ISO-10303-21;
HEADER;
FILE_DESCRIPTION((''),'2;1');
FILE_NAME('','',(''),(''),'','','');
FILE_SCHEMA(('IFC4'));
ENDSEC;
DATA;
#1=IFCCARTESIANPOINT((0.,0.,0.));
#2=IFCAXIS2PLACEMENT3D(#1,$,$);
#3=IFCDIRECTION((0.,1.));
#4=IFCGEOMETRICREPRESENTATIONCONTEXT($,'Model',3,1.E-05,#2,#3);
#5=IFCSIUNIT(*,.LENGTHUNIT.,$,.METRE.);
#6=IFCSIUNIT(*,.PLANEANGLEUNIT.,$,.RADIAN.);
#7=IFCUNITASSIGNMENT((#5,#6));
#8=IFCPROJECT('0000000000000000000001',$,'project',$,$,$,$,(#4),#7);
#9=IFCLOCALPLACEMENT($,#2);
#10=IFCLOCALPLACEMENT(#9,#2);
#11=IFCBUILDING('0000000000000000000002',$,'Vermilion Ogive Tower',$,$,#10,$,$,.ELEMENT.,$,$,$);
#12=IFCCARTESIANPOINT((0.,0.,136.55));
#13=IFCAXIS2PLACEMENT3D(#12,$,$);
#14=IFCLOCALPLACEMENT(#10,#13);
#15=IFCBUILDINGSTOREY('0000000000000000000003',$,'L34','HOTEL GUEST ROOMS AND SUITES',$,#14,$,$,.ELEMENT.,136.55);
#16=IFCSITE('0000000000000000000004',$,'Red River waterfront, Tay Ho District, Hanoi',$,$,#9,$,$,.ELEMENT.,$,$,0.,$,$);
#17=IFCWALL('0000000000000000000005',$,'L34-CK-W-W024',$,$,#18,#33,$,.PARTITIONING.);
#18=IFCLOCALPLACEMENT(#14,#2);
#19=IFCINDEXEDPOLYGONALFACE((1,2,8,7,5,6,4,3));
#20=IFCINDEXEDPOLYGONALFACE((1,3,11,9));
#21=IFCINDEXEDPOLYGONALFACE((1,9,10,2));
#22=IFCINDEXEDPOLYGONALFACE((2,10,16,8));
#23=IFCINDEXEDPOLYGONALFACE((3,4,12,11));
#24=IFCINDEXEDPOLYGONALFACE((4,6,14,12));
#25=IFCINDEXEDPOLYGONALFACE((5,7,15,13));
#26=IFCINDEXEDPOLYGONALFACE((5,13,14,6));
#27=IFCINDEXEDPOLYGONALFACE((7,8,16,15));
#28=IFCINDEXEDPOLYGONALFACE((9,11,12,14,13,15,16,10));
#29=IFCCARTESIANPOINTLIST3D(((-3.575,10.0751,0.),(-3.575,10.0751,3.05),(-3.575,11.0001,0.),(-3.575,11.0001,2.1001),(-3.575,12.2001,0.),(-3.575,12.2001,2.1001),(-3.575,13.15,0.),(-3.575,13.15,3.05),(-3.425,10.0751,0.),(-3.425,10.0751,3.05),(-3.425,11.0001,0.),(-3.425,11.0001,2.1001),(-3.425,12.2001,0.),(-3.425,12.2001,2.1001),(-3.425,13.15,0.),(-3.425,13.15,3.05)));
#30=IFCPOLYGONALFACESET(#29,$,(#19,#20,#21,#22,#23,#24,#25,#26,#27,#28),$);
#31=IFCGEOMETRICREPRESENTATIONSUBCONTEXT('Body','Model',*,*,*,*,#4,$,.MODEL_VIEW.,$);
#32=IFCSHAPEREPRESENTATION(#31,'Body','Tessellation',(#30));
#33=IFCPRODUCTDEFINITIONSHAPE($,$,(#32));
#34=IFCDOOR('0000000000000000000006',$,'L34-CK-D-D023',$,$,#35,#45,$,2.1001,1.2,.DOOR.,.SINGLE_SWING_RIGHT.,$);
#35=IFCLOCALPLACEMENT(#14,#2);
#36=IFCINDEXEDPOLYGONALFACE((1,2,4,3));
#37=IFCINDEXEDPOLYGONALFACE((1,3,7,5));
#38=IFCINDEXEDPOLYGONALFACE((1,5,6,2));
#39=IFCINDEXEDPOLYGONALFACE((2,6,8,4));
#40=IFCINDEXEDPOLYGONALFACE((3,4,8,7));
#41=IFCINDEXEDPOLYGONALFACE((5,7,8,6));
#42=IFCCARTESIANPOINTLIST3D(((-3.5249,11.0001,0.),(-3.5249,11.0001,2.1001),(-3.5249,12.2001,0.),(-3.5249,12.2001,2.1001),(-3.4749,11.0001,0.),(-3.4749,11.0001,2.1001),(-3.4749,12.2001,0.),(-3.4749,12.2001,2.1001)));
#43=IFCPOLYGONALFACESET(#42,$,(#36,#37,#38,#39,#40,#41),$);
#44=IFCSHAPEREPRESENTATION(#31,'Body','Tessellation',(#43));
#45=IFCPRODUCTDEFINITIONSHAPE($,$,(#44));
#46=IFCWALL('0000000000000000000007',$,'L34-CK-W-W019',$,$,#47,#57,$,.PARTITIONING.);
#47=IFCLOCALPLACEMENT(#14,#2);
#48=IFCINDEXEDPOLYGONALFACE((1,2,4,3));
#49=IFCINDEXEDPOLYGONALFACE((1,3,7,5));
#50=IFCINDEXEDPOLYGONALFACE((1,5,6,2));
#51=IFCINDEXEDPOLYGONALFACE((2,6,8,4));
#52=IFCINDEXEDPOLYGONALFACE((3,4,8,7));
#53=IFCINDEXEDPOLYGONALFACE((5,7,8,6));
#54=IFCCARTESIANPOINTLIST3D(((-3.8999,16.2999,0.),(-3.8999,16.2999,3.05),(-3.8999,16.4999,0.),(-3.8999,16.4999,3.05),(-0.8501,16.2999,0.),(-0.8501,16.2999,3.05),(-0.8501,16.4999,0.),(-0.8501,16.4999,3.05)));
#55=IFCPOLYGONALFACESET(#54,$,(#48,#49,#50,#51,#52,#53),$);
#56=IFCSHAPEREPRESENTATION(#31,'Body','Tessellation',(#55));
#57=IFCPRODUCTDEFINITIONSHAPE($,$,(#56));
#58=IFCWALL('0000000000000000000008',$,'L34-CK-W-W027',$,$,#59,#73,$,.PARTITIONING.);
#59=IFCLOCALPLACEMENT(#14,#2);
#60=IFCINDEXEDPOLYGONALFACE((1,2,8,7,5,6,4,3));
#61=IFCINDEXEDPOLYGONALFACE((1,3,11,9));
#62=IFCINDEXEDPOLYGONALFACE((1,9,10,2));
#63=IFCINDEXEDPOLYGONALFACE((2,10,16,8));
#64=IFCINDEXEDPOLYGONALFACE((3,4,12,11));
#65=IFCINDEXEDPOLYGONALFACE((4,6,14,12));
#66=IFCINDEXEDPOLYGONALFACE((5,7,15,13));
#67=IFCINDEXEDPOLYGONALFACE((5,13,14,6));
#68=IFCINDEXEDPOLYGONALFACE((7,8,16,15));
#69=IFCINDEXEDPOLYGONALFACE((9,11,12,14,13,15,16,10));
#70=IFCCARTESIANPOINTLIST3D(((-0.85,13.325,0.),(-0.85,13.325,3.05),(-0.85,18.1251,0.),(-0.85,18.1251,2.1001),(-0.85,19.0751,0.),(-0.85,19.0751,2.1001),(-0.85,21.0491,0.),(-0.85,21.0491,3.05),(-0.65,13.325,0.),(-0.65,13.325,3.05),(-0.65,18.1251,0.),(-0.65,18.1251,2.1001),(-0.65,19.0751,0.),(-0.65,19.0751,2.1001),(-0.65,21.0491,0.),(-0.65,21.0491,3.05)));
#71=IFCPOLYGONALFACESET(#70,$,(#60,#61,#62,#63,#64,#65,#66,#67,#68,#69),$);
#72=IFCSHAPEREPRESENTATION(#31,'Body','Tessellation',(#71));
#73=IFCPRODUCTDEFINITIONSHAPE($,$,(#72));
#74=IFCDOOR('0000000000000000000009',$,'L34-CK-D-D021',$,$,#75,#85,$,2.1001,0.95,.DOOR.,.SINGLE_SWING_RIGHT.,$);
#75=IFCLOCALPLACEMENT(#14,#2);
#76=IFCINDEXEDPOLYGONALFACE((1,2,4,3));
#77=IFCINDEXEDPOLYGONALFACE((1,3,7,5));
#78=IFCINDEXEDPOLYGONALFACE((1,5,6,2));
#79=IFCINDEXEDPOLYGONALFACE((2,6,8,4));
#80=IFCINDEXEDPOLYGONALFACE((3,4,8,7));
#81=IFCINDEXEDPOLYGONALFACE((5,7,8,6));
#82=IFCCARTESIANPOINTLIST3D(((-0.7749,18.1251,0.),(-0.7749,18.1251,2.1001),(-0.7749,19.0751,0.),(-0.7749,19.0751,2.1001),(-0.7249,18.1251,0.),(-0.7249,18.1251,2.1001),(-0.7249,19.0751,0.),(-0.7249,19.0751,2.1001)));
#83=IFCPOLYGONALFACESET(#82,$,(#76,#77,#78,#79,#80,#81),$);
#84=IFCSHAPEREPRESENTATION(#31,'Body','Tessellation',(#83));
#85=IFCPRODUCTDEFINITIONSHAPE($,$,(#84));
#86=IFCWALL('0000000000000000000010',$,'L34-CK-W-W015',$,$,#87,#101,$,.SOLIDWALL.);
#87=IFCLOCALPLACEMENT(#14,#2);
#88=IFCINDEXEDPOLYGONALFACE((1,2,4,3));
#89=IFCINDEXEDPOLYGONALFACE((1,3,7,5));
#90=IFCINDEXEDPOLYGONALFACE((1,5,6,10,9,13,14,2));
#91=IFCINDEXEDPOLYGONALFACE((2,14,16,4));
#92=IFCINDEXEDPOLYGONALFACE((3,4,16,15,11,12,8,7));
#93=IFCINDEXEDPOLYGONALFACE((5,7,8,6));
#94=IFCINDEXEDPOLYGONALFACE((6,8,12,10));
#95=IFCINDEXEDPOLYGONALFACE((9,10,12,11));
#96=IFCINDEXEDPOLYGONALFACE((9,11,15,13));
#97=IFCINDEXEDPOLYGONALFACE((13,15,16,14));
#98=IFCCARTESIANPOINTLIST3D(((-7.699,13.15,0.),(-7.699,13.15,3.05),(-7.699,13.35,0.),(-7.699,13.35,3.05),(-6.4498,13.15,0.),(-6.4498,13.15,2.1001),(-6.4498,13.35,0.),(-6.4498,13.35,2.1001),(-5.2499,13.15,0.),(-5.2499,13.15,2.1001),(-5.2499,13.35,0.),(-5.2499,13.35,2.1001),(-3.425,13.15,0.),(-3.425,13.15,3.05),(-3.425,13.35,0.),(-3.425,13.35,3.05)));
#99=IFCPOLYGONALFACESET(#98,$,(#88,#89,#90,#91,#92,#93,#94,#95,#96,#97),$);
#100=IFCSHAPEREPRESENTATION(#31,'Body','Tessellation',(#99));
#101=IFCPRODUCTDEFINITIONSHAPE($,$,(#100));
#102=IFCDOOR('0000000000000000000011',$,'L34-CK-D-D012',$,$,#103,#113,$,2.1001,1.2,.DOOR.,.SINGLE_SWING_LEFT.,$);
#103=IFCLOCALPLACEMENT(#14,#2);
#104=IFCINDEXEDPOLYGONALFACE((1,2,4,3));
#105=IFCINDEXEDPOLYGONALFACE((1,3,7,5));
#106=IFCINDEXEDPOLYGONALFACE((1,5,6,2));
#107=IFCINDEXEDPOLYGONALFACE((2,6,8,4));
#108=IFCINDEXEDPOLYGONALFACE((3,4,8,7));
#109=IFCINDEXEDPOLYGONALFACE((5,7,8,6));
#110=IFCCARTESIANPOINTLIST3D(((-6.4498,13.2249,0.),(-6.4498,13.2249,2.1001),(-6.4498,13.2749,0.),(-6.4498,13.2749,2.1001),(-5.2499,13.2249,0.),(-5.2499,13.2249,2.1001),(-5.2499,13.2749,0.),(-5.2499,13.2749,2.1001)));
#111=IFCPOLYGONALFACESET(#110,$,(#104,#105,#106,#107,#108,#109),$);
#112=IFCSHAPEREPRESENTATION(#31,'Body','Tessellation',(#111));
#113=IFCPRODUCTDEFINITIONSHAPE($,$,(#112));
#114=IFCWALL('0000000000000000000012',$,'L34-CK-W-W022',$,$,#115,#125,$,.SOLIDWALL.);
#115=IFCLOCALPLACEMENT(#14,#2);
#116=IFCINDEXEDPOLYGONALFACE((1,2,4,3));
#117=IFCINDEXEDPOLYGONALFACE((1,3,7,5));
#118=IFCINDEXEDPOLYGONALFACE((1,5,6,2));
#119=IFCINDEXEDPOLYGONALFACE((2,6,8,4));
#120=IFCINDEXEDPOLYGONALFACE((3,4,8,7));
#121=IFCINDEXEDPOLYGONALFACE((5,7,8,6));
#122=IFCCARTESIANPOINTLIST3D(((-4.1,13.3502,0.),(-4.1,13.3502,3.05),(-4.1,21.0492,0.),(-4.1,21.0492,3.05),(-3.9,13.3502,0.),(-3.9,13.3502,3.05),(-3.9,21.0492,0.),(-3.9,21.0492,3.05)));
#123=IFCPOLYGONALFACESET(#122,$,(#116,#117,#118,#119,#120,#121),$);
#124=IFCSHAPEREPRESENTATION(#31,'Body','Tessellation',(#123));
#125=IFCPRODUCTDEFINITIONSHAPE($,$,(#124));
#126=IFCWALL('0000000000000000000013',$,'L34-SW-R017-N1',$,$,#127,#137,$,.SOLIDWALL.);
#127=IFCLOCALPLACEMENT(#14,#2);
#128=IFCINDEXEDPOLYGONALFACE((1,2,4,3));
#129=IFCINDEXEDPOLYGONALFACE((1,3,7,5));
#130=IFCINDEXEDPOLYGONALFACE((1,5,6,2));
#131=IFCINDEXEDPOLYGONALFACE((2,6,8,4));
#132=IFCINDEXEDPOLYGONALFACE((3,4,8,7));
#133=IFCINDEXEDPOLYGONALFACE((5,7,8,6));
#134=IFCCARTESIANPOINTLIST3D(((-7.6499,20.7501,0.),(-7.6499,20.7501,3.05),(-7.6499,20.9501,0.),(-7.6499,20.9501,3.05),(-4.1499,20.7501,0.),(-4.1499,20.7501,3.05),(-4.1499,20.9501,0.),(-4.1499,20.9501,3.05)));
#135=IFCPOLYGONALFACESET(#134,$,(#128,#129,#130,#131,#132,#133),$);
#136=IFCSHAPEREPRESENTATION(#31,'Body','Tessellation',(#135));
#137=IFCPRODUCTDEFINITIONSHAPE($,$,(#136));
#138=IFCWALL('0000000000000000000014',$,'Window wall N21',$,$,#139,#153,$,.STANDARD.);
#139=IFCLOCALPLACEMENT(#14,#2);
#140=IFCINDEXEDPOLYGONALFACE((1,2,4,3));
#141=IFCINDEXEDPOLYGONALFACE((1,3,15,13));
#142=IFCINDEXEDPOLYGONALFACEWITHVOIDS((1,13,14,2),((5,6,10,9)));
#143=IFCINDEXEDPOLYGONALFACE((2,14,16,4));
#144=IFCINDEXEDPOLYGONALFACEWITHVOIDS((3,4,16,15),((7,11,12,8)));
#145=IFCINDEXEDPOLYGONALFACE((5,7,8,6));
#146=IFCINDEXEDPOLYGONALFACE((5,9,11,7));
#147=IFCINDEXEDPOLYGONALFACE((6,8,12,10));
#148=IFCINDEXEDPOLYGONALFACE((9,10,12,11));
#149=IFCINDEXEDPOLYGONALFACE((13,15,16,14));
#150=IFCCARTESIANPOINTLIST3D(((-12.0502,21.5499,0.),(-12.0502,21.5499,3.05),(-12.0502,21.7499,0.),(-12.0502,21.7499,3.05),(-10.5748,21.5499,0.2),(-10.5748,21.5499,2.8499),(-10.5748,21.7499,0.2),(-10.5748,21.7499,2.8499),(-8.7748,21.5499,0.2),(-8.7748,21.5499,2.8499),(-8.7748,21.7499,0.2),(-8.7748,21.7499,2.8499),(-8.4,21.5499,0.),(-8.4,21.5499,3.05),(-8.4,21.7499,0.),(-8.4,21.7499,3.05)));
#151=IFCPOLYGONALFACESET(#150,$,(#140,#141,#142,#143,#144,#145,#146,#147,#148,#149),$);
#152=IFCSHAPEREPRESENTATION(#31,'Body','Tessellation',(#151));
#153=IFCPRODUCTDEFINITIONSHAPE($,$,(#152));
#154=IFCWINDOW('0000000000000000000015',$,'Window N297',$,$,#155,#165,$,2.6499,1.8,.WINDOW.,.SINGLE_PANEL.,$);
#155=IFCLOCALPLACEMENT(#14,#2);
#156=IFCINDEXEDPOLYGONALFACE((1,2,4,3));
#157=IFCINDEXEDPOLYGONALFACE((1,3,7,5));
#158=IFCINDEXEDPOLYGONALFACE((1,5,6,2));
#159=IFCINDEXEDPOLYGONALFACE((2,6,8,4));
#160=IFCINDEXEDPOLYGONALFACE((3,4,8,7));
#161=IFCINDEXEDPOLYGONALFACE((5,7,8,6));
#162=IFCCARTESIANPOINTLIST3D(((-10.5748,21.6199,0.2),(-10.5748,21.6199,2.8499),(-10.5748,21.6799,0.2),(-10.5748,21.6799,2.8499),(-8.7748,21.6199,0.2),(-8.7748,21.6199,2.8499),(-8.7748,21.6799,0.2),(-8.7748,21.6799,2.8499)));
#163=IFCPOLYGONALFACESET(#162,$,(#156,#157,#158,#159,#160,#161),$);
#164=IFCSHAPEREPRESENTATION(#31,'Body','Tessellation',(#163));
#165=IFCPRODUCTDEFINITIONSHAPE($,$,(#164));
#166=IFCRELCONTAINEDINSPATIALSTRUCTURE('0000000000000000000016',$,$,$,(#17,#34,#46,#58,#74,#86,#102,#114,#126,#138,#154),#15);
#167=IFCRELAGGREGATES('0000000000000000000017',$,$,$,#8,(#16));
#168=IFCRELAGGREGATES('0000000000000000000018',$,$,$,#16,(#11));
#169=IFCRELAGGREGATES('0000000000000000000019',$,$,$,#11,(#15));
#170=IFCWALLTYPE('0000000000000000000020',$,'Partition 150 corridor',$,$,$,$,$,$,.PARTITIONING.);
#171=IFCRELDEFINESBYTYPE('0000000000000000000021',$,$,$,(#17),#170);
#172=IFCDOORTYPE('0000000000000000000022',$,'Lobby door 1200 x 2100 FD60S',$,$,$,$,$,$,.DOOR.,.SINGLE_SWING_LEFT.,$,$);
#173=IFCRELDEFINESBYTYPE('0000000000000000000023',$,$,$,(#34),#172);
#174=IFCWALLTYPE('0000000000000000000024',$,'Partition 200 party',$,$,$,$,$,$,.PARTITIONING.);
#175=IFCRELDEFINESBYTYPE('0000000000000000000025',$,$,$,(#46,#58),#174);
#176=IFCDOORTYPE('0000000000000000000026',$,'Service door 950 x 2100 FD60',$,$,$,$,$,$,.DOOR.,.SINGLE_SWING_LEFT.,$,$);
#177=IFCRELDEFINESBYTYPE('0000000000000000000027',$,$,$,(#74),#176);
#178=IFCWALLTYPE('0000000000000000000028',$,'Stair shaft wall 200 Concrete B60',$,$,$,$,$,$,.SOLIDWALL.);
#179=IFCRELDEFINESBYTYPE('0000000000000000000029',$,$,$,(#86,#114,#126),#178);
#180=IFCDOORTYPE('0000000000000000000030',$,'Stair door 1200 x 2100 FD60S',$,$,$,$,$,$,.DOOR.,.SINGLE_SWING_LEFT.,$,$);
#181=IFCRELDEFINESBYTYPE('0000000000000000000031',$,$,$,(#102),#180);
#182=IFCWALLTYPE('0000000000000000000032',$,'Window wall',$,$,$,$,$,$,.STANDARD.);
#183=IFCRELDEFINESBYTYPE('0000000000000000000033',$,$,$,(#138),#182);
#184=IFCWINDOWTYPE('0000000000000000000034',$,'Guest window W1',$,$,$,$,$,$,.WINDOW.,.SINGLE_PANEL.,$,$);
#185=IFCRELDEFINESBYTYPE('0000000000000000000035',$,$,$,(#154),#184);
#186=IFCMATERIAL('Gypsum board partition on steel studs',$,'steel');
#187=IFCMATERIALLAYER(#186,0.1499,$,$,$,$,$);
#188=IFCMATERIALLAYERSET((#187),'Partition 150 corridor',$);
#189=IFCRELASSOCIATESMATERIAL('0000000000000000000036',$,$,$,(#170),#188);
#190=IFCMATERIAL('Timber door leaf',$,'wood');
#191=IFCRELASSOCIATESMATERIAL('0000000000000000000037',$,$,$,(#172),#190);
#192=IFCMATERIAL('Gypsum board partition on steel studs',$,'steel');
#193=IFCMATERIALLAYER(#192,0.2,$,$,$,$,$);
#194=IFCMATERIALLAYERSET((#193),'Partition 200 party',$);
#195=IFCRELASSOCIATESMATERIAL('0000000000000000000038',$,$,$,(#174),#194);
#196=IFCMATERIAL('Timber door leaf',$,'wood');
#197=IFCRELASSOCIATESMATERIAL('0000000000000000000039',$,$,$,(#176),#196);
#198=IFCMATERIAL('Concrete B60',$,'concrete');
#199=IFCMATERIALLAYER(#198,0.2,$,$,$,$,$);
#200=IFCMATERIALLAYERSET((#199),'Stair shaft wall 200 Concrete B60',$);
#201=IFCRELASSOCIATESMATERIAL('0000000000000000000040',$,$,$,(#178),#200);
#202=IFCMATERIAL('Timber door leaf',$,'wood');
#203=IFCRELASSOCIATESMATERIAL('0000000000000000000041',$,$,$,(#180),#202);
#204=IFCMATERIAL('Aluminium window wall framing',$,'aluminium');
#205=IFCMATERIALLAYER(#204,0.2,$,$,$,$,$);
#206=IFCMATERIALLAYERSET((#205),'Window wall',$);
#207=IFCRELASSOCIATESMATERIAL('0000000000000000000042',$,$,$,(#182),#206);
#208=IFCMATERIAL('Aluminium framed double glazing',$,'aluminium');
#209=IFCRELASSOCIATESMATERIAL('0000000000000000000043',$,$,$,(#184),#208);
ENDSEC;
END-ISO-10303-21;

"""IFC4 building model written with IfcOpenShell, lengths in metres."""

from ifc_helpers import new_model, si_unit, direction, frame, frame_2d, origin, place, context, subcontext, project, spatial, rectangle, extrude, material, layer, layer_set, type_object, element, fill, save


model = new_model("IFC4")

# Units and contexts
model_context = context("Model", 3, precision=1e-05, world=origin(), true_north=direction((0.0, 1.0)))
body_context = subcontext(model_context, "Body", "Model", "MODEL_VIEW")
ifc_project = project(units=[si_unit("LENGTHUNIT", "METRE"), si_unit("PLANEANGLEUNIT", "RADIAN")], contexts=[model_context])

# Site, building, storey
site_placement = place(None, origin())
site = spatial("IfcSite", under=ifc_project, at=site_placement, Name="Red River waterfront, Tay Ho District, Hanoi", CompositionType="ELEMENT", RefElevation=0.0)
building_placement = place(site_placement, origin())
building = spatial("IfcBuilding", under=site, at=building_placement, Name="Vermilion Ogive Tower", CompositionType="ELEMENT")
storey_placement = place(building_placement, frame((0.0, 0.0, 136.55)))
storey = spatial("IfcBuildingStorey", under=building, at=storey_placement, Name="L34", Description="HOTEL GUEST ROOMS AND SUITES", CompositionType="ELEMENT", Elevation=136.55)

# Shared definitions
ifc_material_1 = material(Name="Gypsum board partition on steel studs", Category="steel")
ifc_layer_1 = layer(ifc_material_1, 0.1499)
ifc_layer_set_1 = layer_set([ifc_layer_1], Name="Partition 150 corridor")
wall_type_1 = type_object("IfcWallType", Name="Partition 150 corridor", PredefinedType="PARTITIONING", material=ifc_layer_set_1)

# Wall, opening, door
wall_1_placement = place(storey_placement, frame((-3.5, 10.075, 0.0), z_axis=(0.0, 0.0, 1.0), x_axis=(0.0, 1.0, 0.0)))
wall_1 = element("IfcWall", 1, at=wall_1_placement, inside=storey, type_object=wall_type_1, Name="L34-CK-W-W024", PredefinedType="PARTITIONING", context=body_context, shape_type="SweptSolid", body=[
    extrude(rectangle(XDim=3.075, YDim=0.1499, at=frame_2d((1.5376, 0.0))), origin(), (0.0, 0.0, 1.0), 3.05),
])
opening_1_placement = place(wall_1_placement, frame((0.925, 0.0, 0.0)))
opening_1 = element("IfcOpeningElement", 2, at=opening_1_placement, cuts=wall_1, PredefinedType="OPENING", context=body_context, shape_type="SweptSolid", body=[
    extrude(rectangle(XDim=1.2, YDim=2.1001, at=frame_2d((0.6001, 1.05))), frame((0.0, 0.085, 0.0), z_axis=(0.0, -1.0, 0.0), x_axis=(1.0, 0.0, 0.0)), (0.0, 0.0, 1.0), 0.1699),
])
ifc_material_2 = material(Name="Timber door leaf", Category="wood")
door_type_1 = type_object("IfcDoorType", Name="Lobby door 1200 x 2100 FD60S", OperationType="SINGLE_SWING_LEFT", PredefinedType="DOOR", material=ifc_material_2)
door_1_placement = place(opening_1_placement, origin())
door_1 = element("IfcDoor", 3, at=door_1_placement, inside=storey, type_object=door_type_1, Name="L34-CK-D-D023", OperationType="SINGLE_SWING_RIGHT", OverallHeight=2.1001, OverallWidth=1.2, PredefinedType="DOOR", context=body_context, shape_type="SweptSolid", body=[
    extrude(rectangle(XDim=1.2, YDim=2.1001, at=frame_2d((0.6001, 1.05))), frame((0.0, 0.0249, 0.0), z_axis=(0.0, -1.0, 0.0), x_axis=(1.0, 0.0, 0.0)), (0.0, 0.0, 1.0), 0.05),
])
fill(opening_1, door_1)

# Wall
ifc_material_3 = material(Name="Gypsum board partition on steel studs", Category="steel")
ifc_layer_2 = layer(ifc_material_3, 0.2)
ifc_layer_set_2 = layer_set([ifc_layer_2], Name="Partition 200 party")
wall_type_2 = type_object("IfcWallType", Name="Partition 200 party", PredefinedType="PARTITIONING", material=ifc_layer_set_2)
wall_2_placement = place(storey_placement, frame((-3.8999, 16.3999, 0.0), z_axis=(0.0, 0.0, 1.0), x_axis=(1.0, 0.0, 0.0)))
element("IfcWall", 4, at=wall_2_placement, inside=storey, type_object=wall_type_2, Name="L34-CK-W-W019", PredefinedType="PARTITIONING", context=body_context, shape_type="SweptSolid", body=[
    extrude(rectangle(XDim=3.0498, YDim=0.2, at=frame_2d((1.5249, 0.0))), origin(), (0.0, 0.0, 1.0), 3.05),
])

# Walls, openings, doors
wall_3_placement = place(storey_placement, frame((-0.75, 13.325, 0.0), z_axis=(0.0, 0.0, 1.0), x_axis=(0.0, 1.0, 0.0)))
wall_3 = element("IfcWall", 5, at=wall_3_placement, inside=storey, type_object=wall_type_2, Name="L34-CK-W-W027", PredefinedType="PARTITIONING", context=body_context, shape_type="SweptSolid", body=[
    extrude(rectangle(XDim=7.7241, YDim=0.2, at=frame_2d((3.8621, 0.0))), origin(), (0.0, 0.0, 1.0), 3.05),
])
opening_2_placement = place(wall_3_placement, frame((4.8, 0.0, 0.0)))
opening_2 = element("IfcOpeningElement", 6, at=opening_2_placement, cuts=wall_3, PredefinedType="OPENING", context=body_context, shape_type="SweptSolid", body=[
    extrude(rectangle(XDim=0.95, YDim=2.1001, at=frame_2d((0.4751, 1.05))), frame((0.0, 0.1099, 0.0), z_axis=(0.0, -1.0, 0.0), x_axis=(1.0, 0.0, 0.0)), (0.0, 0.0, 1.0), 0.22),
])
ifc_material_4 = material(Name="Timber door leaf", Category="wood")
door_type_2 = type_object("IfcDoorType", Name="Service door 950 x 2100 FD60", OperationType="SINGLE_SWING_LEFT", PredefinedType="DOOR", material=ifc_material_4)
door_2_placement = place(opening_2_placement, origin())
door_2 = element("IfcDoor", 7, at=door_2_placement, inside=storey, type_object=door_type_2, Name="L34-CK-D-D021", OperationType="SINGLE_SWING_RIGHT", OverallHeight=2.1001, OverallWidth=0.95, PredefinedType="DOOR", context=body_context, shape_type="SweptSolid", body=[
    extrude(rectangle(XDim=0.95, YDim=2.1001, at=frame_2d((0.4751, 1.05))), frame((0.0, 0.0249, 0.0), z_axis=(0.0, -1.0, 0.0), x_axis=(1.0, 0.0, 0.0)), (0.0, 0.0, 1.0), 0.05),
])
fill(opening_2, door_2)
ifc_material_5 = material(Name="Concrete B60", Category="concrete")
ifc_layer_3 = layer(ifc_material_5, 0.2)
ifc_layer_set_3 = layer_set([ifc_layer_3], Name="Stair shaft wall 200 Concrete B60")
wall_type_3 = type_object("IfcWallType", Name="Stair shaft wall 200 Concrete B60", PredefinedType="SOLIDWALL", material=ifc_layer_set_3)
wall_4_placement = place(storey_placement, frame((-7.699, 13.25, 0.0), z_axis=(0.0, 0.0, 1.0), x_axis=(1.0, 0.0, 0.0)))
wall_4 = element("IfcWall", 8, at=wall_4_placement, inside=storey, type_object=wall_type_3, Name="L34-CK-W-W015", PredefinedType="SOLIDWALL", context=body_context, shape_type="SweptSolid", body=[
    extrude(rectangle(XDim=4.2739, YDim=0.2, at=frame_2d((2.137, 0.0))), origin(), (0.0, 0.0, 1.0), 3.05),
])
opening_3_placement = place(wall_4_placement, frame((1.249, 0.0, 0.0)))
opening_3 = element("IfcOpeningElement", 9, at=opening_3_placement, cuts=wall_4, PredefinedType="OPENING", context=body_context, shape_type="SweptSolid", body=[
    extrude(rectangle(XDim=1.2, YDim=2.1001, at=frame_2d((0.6001, 1.05))), frame((0.0, 0.1099, 0.0), z_axis=(0.0, -1.0, 0.0), x_axis=(1.0, 0.0, 0.0)), (0.0, 0.0, 1.0), 0.22),
])
ifc_material_6 = material(Name="Timber door leaf", Category="wood")
door_type_3 = type_object("IfcDoorType", Name="Stair door 1200 x 2100 FD60S", OperationType="SINGLE_SWING_LEFT", PredefinedType="DOOR", material=ifc_material_6)
door_3_placement = place(opening_3_placement, origin())
door_3 = element("IfcDoor", 10, at=door_3_placement, inside=storey, type_object=door_type_3, Name="L34-CK-D-D012", OperationType="SINGLE_SWING_LEFT", OverallHeight=2.1001, OverallWidth=1.2, PredefinedType="DOOR", context=body_context, shape_type="SweptSolid", body=[
    extrude(rectangle(XDim=1.2, YDim=2.1001, at=frame_2d((0.6001, 1.05))), frame((0.0, 0.0249, 0.0), z_axis=(0.0, -1.0, 0.0), x_axis=(1.0, 0.0, 0.0)), (0.0, 0.0, 1.0), 0.05),
])
fill(opening_3, door_3)

# Walls
wall_5_placement = place(storey_placement, frame((-4.0, 13.3501, 0.0), z_axis=(0.0, 0.0, 1.0), x_axis=(0.0, 1.0, 0.0)))
element("IfcWall", 11, at=wall_5_placement, inside=storey, type_object=wall_type_3, Name="L34-CK-W-W022", PredefinedType="SOLIDWALL", context=body_context, shape_type="SweptSolid", body=[
    extrude(rectangle(XDim=7.699, YDim=0.2, at=frame_2d((3.8496, 0.0))), origin(), (0.0, 0.0, 1.0), 3.05),
])
wall_6_placement = place(storey_placement, frame((-7.6499, 20.8501, 0.0), z_axis=(0.0, 0.0, 1.0), x_axis=(1.0, 0.0, 0.0)))
element("IfcWall", 12, at=wall_6_placement, inside=storey, type_object=wall_type_3, Name="L34-SW-R017-N1", PredefinedType="SOLIDWALL", context=body_context, shape_type="SweptSolid", body=[
    extrude(rectangle(XDim=3.5, YDim=0.2, at=frame_2d((1.75, 0.0))), origin(), (0.0, 0.0, 1.0), 3.05),
])

# Wall, opening, window
ifc_material_7 = material(Name="Aluminium window wall framing", Category="aluminium")
ifc_layer_4 = layer(ifc_material_7, 0.2)
ifc_layer_set_4 = layer_set([ifc_layer_4], Name="Window wall")
wall_type_4 = type_object("IfcWallType", Name="Window wall", PredefinedType="STANDARD", material=ifc_layer_set_4)
wall_7_placement = place(storey_placement, frame((-8.3999, 21.6499, 0.0), z_axis=(0.0, 0.0, 1.0), x_axis=(-1.0, 0.0, 0.0)))
wall_7 = element("IfcWall", 13, at=wall_7_placement, inside=storey, type_object=wall_type_4, Name="Window wall N21", PredefinedType="STANDARD", context=body_context, shape_type="SweptSolid", body=[
    extrude(rectangle(XDim=3.6501, YDim=0.2, at=frame_2d((1.8252, 0.0))), origin(), (0.0, 0.0, 1.0), 3.05),
])
opening_4_placement = place(wall_7_placement, frame((0.375, 0.0, 0.2)))
opening_4 = element("IfcOpeningElement", 14, at=opening_4_placement, cuts=wall_7, PredefinedType="OPENING", context=body_context, shape_type="SweptSolid", body=[
    extrude(rectangle(XDim=1.8, YDim=2.6499, at=frame_2d((0.8999, 1.325))), frame((0.0, 0.1099, 0.0), z_axis=(0.0, -1.0, 0.0), x_axis=(1.0, 0.0, 0.0)), (0.0, 0.0, 1.0), 0.22),
])
ifc_material_8 = material(Name="Aluminium framed double glazing", Category="aluminium")
window_type = type_object("IfcWindowType", Name="Guest window W1", PartitioningType="SINGLE_PANEL", PredefinedType="WINDOW", material=ifc_material_8)
window_placement = place(opening_4_placement, origin())
window = element("IfcWindow", 15, at=window_placement, inside=storey, type_object=window_type, Name="Window N297", OverallHeight=2.6499, OverallWidth=1.8, PartitioningType="SINGLE_PANEL", PredefinedType="WINDOW", context=body_context, shape_type="SweptSolid", body=[
    extrude(rectangle(XDim=1.8, YDim=2.6499, at=frame_2d((0.8999, 1.325))), frame((0.0, 0.03, 0.0), z_axis=(0.0, -1.0, 0.0), x_axis=(1.0, 0.0, 0.0)), (0.0, 0.0, 1.0), 0.0601),
])
fill(opening_4, window)

save(model, "model.ifc")
